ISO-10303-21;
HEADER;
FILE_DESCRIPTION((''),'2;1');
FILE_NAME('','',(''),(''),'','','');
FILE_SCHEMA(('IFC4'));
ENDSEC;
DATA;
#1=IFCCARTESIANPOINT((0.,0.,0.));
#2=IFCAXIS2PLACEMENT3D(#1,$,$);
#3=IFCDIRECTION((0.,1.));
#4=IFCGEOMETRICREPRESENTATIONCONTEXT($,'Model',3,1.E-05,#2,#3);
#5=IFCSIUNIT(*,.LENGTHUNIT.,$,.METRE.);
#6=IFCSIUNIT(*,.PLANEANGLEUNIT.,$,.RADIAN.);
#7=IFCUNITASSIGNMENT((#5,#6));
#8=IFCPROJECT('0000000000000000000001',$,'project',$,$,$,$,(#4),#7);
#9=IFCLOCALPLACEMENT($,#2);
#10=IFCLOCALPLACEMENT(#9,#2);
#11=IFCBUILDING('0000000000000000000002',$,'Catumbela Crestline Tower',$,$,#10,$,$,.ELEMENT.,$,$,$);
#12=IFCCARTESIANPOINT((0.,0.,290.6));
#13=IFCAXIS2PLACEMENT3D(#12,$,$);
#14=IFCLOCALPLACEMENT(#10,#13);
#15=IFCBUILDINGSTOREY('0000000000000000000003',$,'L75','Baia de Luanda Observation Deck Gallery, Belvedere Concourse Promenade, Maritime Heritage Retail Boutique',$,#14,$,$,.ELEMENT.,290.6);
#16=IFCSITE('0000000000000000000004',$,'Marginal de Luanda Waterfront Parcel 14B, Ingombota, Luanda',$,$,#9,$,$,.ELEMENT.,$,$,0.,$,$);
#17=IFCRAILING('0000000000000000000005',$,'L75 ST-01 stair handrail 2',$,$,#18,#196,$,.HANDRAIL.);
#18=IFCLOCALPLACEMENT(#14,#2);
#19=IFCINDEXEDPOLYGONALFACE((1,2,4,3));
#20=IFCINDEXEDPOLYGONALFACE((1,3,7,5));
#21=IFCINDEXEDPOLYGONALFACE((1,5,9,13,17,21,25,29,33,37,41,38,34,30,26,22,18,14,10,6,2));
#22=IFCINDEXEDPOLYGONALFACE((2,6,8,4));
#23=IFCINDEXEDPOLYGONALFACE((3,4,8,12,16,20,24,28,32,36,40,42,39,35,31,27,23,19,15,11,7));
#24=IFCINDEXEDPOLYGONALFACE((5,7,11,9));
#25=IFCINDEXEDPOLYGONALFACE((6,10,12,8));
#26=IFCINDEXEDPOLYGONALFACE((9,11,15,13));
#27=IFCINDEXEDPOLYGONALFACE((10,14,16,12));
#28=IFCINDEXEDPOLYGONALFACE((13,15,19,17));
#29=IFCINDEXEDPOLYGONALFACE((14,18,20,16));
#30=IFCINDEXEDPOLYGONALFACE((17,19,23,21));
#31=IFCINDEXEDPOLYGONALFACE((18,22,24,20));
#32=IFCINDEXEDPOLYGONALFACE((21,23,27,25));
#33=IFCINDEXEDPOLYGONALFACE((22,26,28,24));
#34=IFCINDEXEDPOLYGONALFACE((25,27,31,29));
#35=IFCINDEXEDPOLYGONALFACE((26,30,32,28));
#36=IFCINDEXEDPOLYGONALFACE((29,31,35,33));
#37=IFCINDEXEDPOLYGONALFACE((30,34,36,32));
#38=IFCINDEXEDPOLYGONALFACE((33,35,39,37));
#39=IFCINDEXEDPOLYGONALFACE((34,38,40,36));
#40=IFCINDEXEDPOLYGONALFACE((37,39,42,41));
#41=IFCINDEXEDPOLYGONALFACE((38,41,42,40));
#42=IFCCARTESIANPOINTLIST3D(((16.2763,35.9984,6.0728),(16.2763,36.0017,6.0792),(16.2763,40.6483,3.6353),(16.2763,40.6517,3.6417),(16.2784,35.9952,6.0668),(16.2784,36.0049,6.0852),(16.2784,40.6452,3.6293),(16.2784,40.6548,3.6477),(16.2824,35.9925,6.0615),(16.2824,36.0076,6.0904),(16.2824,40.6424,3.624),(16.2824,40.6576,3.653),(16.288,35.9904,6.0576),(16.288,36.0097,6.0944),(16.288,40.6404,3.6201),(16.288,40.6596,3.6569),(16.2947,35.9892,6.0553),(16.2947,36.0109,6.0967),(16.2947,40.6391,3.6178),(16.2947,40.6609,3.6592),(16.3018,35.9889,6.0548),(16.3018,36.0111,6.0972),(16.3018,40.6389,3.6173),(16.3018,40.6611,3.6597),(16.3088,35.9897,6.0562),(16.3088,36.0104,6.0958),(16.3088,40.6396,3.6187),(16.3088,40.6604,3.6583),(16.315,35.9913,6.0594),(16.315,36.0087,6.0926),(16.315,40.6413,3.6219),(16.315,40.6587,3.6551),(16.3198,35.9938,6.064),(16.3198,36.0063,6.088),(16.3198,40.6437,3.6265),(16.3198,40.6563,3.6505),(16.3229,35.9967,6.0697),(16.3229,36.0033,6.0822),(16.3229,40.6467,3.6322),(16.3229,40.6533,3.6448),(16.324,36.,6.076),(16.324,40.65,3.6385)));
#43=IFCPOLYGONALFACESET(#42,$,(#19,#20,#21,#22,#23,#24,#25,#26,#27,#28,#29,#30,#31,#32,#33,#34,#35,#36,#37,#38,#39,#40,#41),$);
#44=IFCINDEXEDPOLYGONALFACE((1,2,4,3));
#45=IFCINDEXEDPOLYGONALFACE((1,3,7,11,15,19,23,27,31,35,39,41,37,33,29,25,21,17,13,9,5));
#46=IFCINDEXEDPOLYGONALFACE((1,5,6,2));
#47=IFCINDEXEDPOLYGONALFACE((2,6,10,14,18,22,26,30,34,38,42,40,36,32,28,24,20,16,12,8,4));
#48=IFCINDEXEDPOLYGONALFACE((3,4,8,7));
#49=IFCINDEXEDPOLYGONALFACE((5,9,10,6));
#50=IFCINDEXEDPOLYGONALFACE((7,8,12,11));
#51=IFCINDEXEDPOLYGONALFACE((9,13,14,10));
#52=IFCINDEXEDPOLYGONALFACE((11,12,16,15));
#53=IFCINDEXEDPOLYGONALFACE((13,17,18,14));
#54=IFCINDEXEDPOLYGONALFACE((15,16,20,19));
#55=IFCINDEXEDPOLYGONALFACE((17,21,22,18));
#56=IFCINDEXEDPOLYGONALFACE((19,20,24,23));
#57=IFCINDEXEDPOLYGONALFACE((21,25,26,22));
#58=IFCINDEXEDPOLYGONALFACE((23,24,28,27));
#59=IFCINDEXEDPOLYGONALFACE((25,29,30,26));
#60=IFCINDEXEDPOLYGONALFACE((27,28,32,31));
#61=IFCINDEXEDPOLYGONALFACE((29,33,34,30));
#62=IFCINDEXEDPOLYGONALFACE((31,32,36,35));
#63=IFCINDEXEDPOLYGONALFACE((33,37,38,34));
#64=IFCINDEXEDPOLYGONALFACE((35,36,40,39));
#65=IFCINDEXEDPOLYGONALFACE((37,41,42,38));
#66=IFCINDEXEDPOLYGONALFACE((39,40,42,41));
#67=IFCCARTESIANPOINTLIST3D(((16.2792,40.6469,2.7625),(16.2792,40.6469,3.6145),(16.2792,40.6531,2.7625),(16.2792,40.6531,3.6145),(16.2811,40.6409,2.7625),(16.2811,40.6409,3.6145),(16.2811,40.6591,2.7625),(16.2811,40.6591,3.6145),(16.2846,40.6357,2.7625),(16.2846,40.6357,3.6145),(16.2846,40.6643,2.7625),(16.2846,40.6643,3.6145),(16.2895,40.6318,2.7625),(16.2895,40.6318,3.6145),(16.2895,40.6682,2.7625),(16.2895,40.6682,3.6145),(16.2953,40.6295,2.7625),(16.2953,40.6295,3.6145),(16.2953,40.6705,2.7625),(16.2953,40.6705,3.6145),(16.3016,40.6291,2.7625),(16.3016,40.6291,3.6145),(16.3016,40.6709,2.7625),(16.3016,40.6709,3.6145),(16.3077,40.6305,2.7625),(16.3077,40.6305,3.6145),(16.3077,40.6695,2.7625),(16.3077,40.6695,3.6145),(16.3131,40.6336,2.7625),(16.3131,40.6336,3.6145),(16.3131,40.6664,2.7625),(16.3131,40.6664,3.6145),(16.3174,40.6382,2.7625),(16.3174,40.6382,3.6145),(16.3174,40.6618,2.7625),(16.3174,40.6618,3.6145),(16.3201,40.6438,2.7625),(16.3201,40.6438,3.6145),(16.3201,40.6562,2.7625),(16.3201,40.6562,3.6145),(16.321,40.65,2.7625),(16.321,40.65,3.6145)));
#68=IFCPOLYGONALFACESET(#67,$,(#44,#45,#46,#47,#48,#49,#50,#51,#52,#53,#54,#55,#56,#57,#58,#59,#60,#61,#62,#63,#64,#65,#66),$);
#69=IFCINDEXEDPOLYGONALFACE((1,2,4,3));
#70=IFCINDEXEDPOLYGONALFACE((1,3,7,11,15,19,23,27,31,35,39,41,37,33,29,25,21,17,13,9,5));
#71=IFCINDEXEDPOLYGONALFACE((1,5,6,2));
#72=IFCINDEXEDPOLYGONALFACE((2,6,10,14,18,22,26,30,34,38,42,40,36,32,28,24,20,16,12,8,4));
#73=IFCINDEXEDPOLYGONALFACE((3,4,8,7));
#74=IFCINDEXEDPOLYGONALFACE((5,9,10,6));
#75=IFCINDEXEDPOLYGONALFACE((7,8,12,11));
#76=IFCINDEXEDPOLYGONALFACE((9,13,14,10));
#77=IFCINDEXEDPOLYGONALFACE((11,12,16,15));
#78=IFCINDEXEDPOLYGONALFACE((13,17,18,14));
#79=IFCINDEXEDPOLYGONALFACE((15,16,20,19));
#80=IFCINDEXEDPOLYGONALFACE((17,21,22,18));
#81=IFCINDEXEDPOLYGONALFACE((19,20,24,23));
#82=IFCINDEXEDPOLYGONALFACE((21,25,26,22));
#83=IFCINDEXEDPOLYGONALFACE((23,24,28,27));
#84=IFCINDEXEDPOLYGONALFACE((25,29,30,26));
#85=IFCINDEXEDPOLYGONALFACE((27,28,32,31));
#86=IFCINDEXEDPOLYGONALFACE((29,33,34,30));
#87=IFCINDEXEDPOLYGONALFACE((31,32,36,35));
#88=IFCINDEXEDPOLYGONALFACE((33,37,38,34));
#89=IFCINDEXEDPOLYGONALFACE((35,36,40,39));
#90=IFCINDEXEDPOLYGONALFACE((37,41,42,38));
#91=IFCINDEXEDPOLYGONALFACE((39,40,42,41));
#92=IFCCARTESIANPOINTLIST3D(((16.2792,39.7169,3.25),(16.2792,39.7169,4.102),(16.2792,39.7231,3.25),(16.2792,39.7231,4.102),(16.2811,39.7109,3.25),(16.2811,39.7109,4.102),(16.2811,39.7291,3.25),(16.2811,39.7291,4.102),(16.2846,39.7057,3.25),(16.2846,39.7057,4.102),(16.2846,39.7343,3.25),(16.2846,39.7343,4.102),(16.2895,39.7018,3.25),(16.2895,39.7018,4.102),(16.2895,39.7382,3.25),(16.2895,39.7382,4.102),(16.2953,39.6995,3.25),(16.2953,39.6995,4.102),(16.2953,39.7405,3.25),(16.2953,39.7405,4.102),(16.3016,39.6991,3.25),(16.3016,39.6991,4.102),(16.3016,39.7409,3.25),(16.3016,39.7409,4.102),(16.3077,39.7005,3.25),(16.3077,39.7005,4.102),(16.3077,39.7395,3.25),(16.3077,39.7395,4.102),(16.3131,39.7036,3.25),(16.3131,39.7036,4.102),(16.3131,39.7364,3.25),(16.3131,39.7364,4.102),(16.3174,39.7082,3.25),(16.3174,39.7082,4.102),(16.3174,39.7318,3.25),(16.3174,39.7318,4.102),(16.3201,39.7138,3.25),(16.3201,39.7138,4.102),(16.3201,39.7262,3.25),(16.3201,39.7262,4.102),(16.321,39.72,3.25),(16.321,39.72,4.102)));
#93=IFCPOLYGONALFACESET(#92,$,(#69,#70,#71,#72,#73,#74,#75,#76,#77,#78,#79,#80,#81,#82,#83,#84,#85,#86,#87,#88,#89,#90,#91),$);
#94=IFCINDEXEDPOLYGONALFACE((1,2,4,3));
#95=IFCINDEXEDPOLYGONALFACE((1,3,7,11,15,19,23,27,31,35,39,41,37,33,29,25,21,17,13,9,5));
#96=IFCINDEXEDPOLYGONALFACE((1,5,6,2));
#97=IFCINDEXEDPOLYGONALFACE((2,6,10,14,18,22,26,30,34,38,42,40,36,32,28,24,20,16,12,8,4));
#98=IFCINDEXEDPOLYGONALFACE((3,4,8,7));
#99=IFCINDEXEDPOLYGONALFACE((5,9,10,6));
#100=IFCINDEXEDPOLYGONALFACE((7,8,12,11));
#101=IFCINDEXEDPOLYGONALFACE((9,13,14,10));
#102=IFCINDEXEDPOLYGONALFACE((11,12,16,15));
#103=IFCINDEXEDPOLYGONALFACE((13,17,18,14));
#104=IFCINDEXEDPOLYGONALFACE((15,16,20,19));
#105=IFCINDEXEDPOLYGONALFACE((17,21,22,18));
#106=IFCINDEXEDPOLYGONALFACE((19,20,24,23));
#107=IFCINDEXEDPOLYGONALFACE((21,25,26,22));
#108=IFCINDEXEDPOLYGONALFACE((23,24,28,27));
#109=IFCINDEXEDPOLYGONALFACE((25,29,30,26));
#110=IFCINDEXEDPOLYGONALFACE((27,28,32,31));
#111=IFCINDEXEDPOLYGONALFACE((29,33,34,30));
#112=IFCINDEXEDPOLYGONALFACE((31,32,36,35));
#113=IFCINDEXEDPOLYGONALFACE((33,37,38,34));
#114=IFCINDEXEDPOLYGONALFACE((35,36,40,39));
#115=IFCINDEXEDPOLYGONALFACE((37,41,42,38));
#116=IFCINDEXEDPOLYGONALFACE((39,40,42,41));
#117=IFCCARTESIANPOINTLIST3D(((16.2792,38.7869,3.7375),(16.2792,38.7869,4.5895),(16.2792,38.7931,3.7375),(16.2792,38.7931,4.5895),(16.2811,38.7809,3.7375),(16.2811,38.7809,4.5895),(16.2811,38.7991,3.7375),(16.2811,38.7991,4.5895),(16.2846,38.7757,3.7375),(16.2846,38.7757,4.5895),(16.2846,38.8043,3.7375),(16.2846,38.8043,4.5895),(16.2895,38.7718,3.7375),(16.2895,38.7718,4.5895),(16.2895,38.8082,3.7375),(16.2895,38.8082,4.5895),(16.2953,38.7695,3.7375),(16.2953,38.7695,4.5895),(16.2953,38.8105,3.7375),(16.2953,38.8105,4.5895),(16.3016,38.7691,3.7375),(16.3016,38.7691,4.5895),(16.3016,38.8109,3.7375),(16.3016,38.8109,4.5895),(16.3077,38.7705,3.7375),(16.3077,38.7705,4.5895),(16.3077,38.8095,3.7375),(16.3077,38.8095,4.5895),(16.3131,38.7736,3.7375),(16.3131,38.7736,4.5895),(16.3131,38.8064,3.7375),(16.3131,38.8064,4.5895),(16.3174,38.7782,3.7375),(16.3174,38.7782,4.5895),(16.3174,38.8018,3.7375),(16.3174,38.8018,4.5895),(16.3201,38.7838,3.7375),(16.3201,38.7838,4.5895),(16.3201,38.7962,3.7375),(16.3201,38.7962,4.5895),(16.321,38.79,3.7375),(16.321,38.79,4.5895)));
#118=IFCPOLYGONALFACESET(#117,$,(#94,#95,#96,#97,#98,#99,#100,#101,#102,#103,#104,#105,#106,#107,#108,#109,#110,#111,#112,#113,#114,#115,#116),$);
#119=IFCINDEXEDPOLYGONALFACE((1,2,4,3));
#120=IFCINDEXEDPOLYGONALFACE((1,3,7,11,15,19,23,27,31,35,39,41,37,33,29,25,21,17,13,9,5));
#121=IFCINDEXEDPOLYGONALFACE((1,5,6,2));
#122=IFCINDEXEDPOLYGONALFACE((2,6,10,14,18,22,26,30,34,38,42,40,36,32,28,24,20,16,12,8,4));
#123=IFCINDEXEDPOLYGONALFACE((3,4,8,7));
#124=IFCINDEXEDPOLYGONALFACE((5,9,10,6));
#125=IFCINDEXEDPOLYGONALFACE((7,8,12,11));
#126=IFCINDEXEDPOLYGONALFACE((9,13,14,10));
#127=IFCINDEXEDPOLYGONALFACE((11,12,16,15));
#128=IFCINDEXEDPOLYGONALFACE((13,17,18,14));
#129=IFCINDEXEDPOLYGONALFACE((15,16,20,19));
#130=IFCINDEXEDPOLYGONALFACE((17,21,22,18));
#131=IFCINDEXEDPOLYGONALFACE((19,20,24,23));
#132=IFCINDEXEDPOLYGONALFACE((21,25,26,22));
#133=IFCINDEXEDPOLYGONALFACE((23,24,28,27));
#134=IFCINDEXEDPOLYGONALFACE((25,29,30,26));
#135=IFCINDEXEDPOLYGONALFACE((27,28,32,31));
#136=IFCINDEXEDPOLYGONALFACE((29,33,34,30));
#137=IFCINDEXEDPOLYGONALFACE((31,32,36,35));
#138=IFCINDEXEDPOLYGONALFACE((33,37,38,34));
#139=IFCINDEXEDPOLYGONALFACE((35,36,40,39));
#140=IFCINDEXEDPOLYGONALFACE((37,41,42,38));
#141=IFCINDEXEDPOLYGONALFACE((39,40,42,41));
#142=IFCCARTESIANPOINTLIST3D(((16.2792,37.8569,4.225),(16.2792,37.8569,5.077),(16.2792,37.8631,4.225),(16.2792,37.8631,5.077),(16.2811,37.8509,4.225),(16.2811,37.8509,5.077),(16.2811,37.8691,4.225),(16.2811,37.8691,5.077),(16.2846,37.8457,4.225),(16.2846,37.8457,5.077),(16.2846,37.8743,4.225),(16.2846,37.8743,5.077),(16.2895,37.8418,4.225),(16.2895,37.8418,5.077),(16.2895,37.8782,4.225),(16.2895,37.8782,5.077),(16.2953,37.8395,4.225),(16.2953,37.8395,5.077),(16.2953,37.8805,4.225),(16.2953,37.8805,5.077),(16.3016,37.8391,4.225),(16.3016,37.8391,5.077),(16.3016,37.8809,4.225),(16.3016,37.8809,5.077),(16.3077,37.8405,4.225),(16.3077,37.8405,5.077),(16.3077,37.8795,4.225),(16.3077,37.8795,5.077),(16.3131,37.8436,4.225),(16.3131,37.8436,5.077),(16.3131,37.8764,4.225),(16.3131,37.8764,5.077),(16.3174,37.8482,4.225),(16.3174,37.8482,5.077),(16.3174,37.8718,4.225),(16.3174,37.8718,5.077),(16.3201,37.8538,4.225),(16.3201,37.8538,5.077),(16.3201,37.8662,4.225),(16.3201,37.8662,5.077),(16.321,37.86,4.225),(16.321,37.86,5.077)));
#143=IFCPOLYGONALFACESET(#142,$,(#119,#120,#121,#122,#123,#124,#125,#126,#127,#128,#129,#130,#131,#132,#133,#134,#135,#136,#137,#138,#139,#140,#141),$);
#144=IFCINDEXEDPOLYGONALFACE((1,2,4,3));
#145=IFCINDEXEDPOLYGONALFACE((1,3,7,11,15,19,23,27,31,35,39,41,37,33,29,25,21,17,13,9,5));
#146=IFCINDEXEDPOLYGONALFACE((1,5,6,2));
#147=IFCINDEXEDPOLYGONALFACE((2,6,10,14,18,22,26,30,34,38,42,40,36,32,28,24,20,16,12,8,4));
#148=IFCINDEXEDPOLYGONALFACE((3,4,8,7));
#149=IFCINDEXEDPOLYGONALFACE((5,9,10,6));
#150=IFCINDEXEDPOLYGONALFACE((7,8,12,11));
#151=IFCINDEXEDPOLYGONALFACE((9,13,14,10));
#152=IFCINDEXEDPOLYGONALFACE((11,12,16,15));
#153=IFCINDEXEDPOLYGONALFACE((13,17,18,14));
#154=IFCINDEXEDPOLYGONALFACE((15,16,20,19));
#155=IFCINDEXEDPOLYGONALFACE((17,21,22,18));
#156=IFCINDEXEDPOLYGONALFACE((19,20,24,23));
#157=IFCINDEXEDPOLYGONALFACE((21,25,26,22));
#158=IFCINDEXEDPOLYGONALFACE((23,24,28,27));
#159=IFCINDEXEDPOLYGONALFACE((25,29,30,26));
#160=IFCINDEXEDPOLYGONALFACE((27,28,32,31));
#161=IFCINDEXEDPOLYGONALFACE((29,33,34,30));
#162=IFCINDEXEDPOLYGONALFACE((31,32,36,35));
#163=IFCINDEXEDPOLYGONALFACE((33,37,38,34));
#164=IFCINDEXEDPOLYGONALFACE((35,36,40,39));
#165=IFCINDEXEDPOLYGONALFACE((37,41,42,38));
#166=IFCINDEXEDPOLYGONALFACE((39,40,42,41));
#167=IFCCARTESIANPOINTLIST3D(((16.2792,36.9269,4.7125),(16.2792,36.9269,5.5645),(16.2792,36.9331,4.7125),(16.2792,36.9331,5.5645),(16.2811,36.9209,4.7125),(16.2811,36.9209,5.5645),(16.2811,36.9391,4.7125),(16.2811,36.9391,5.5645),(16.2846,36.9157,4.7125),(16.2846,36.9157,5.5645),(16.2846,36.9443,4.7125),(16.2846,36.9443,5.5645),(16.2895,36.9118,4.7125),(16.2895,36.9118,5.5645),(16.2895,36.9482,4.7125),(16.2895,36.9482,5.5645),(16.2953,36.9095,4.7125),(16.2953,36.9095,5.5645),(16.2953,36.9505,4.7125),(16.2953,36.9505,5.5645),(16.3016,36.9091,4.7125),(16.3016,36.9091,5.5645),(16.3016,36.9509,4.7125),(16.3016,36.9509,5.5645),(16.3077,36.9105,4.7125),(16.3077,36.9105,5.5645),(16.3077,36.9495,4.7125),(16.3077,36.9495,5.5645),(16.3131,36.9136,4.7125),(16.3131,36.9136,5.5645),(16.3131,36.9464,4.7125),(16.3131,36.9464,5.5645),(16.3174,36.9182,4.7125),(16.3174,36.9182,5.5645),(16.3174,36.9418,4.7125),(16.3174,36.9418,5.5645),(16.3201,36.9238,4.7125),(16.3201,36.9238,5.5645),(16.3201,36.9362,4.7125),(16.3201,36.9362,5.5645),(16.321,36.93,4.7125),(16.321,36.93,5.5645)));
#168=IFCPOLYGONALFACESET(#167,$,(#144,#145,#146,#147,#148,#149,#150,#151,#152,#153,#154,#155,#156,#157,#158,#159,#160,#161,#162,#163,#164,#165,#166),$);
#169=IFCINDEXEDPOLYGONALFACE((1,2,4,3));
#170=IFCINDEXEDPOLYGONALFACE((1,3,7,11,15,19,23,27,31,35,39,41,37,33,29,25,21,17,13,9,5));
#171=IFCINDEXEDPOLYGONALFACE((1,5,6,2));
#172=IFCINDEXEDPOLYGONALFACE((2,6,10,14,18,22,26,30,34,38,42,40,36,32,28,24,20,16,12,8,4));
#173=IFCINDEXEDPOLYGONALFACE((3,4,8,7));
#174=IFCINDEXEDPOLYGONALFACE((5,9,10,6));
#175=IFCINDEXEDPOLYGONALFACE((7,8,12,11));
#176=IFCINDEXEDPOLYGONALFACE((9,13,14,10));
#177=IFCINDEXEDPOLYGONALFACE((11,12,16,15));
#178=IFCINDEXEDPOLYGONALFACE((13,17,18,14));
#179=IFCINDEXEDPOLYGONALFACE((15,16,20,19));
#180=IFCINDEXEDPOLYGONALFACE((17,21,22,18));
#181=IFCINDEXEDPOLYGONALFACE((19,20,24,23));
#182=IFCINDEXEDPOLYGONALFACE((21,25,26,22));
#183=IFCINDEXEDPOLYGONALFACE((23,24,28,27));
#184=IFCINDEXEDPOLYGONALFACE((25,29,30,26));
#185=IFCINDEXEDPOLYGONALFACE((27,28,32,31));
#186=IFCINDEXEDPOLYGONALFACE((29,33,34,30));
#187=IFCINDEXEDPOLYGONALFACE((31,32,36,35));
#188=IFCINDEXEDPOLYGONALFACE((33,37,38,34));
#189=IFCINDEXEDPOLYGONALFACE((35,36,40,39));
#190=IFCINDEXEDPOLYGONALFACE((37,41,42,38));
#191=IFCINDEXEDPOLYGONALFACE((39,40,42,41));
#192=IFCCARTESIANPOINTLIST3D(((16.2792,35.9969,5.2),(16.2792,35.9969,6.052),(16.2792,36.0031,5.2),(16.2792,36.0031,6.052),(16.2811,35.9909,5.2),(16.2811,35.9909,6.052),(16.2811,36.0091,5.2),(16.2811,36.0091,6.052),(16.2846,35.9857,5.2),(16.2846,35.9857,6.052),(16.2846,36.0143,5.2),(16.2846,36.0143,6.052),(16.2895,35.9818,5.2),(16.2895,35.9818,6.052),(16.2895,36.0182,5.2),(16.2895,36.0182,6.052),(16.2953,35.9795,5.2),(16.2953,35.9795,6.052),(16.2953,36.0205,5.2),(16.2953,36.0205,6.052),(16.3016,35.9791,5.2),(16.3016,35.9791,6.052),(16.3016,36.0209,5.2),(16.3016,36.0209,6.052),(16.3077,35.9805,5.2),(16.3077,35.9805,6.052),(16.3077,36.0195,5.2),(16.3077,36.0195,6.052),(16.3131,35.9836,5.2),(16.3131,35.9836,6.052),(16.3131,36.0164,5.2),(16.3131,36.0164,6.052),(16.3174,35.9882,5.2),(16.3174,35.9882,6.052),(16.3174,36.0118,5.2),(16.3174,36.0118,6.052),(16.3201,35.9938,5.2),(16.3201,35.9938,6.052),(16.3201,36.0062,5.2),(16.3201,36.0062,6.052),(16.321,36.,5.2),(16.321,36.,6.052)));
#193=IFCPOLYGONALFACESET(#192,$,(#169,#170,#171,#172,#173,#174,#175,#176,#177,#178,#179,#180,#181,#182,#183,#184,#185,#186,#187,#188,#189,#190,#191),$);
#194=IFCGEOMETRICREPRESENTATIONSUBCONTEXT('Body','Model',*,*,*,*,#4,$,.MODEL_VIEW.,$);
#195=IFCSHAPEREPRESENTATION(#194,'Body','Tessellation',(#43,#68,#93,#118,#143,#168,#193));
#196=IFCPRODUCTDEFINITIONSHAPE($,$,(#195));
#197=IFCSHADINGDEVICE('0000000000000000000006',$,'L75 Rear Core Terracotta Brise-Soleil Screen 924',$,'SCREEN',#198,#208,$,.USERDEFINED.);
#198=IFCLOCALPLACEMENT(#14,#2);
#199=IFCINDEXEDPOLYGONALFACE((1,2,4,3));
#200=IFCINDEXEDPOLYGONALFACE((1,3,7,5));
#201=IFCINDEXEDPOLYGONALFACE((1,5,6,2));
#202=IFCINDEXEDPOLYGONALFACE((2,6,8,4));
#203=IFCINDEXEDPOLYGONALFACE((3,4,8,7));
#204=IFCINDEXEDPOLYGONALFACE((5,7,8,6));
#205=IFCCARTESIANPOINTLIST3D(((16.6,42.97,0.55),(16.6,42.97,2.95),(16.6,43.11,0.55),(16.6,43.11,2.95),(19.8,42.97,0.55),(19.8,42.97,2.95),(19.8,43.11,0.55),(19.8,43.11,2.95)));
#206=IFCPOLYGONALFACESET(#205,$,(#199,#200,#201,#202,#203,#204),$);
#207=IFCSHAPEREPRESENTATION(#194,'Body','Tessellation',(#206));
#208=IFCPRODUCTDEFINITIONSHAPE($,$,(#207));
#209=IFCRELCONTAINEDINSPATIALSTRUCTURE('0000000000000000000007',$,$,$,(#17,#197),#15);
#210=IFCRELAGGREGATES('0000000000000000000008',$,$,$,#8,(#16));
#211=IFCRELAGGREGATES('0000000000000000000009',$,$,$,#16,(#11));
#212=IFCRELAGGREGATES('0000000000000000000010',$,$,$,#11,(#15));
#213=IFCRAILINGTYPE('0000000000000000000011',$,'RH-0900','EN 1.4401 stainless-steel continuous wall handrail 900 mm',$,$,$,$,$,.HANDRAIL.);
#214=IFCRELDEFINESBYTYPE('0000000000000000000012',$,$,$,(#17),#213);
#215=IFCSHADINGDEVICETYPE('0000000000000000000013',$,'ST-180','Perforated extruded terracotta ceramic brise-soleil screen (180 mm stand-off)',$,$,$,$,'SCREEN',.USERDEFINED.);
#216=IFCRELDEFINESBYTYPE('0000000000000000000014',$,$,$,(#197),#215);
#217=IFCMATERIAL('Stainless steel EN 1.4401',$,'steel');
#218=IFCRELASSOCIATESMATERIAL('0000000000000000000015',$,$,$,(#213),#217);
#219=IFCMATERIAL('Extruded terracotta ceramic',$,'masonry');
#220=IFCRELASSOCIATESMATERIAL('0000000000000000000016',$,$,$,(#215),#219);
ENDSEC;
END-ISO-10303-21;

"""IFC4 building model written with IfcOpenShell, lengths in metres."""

from ifc_helpers import new_model, si_unit, direction, frame, origin, origin_2d, place, context, subcontext, project, spatial, rectangle, circle, extrude, material, type_object, element, save


model = new_model("IFC4")

# Units and contexts
model_context = context("Model", 3, precision=1e-05, world=origin(), true_north=direction((0.0, 1.0)))
body_context = subcontext(model_context, "Body", "Model", "MODEL_VIEW")
ifc_project = project(units=[si_unit("LENGTHUNIT", "METRE"), si_unit("PLANEANGLEUNIT", "RADIAN")], contexts=[model_context])

# Site, building, storey
site_placement = place(None, origin())
site = spatial("IfcSite", under=ifc_project, at=site_placement, Name="Marginal de Luanda Waterfront Parcel 14B, Ingombota, Luanda", CompositionType="ELEMENT", RefElevation=0.0)
building_placement = place(site_placement, origin())
building = spatial("IfcBuilding", under=site, at=building_placement, Name="Catumbela Crestline Tower", CompositionType="ELEMENT")
storey_placement = place(building_placement, frame((0.0, 0.0, 290.6)))
storey = spatial("IfcBuildingStorey", under=building, at=storey_placement, Name="L75", Description="Baia de Luanda Observation Deck Gallery, Belvedere Concourse Promenade, Maritime Heritage Retail Boutique", CompositionType="ELEMENT", Elevation=290.6)

# Railing
ifc_material_1 = material(Name="Stainless steel EN 1.4401", Category="steel")
railing_type_1 = type_object("IfcRailingType", Name="RH-0900", Description="EN 1.4401 stainless-steel continuous wall handrail 900 mm", PredefinedType="HANDRAIL", material=ifc_material_1)
railing_1_placement = place(storey_placement, frame((16.3, 40.65, 2.7625)))
element("IfcRailing", 1, at=railing_1_placement, inside=storey, type_object=railing_type_1, Name="L75 ST-01 stair handrail 2", PredefinedType="HANDRAIL", context=body_context, shape_type="SweptSolid", body=[
    extrude(circle(Radius=0.024, at=origin_2d()), frame((0.0, 0.0, 0.876), z_axis=(0.0, -0.885692, 0.464274), x_axis=(1.0, 0.0, 0.0)), (0.0, 0.0, 1.0), 5.2501),
    extrude(circle(Radius=0.021, at=origin_2d()), origin(), (0.0, 0.0, 1.0), 0.852),
    extrude(circle(Radius=0.021, at=origin_2d()), frame((0.0, -0.93, 0.4875)), (0.0, 0.0, 1.0), 0.852),
    extrude(circle(Radius=0.021, at=origin_2d()), frame((0.0, -1.86, 0.975)), (0.0, 0.0, 1.0), 0.852),
    extrude(circle(Radius=0.021, at=origin_2d()), frame((0.0, -2.79, 1.4625)), (0.0, 0.0, 1.0), 0.852),
    extrude(circle(Radius=0.021, at=origin_2d()), frame((0.0, -3.72, 1.95)), (0.0, 0.0, 1.0), 0.852),
    extrude(circle(Radius=0.021, at=origin_2d()), frame((0.0, -4.65, 2.4375)), (0.0, 0.0, 1.0), 0.852),
])

# Shading device
ifc_material_2 = material(Name="Extruded terracotta ceramic", Category="masonry")
shading_device_type = type_object("IfcShadingDeviceType", Name="ST-180", Description="Perforated extruded terracotta ceramic brise-soleil screen (180 mm stand-off)", ElementType="SCREEN", PredefinedType="USERDEFINED", material=ifc_material_2)
shading_device_placement = place(storey_placement, frame((18.2, 43.04, 0.55), z_axis=(0.0, 0.0, 1.0), x_axis=(1.0, 0.0, 0.0)))
element("IfcShadingDevice", 2, at=shading_device_placement, inside=storey, type_object=shading_device_type, Name="L75 Rear Core Terracotta Brise-Soleil Screen 924", ObjectType="SCREEN", PredefinedType="USERDEFINED", context=body_context, shape_type="SweptSolid", body=[
    extrude(rectangle(XDim=3.2, YDim=0.14, at=origin_2d()), origin(), (0.0, 0.0, 1.0), 2.4),
])

save(model, "model.ifc")
